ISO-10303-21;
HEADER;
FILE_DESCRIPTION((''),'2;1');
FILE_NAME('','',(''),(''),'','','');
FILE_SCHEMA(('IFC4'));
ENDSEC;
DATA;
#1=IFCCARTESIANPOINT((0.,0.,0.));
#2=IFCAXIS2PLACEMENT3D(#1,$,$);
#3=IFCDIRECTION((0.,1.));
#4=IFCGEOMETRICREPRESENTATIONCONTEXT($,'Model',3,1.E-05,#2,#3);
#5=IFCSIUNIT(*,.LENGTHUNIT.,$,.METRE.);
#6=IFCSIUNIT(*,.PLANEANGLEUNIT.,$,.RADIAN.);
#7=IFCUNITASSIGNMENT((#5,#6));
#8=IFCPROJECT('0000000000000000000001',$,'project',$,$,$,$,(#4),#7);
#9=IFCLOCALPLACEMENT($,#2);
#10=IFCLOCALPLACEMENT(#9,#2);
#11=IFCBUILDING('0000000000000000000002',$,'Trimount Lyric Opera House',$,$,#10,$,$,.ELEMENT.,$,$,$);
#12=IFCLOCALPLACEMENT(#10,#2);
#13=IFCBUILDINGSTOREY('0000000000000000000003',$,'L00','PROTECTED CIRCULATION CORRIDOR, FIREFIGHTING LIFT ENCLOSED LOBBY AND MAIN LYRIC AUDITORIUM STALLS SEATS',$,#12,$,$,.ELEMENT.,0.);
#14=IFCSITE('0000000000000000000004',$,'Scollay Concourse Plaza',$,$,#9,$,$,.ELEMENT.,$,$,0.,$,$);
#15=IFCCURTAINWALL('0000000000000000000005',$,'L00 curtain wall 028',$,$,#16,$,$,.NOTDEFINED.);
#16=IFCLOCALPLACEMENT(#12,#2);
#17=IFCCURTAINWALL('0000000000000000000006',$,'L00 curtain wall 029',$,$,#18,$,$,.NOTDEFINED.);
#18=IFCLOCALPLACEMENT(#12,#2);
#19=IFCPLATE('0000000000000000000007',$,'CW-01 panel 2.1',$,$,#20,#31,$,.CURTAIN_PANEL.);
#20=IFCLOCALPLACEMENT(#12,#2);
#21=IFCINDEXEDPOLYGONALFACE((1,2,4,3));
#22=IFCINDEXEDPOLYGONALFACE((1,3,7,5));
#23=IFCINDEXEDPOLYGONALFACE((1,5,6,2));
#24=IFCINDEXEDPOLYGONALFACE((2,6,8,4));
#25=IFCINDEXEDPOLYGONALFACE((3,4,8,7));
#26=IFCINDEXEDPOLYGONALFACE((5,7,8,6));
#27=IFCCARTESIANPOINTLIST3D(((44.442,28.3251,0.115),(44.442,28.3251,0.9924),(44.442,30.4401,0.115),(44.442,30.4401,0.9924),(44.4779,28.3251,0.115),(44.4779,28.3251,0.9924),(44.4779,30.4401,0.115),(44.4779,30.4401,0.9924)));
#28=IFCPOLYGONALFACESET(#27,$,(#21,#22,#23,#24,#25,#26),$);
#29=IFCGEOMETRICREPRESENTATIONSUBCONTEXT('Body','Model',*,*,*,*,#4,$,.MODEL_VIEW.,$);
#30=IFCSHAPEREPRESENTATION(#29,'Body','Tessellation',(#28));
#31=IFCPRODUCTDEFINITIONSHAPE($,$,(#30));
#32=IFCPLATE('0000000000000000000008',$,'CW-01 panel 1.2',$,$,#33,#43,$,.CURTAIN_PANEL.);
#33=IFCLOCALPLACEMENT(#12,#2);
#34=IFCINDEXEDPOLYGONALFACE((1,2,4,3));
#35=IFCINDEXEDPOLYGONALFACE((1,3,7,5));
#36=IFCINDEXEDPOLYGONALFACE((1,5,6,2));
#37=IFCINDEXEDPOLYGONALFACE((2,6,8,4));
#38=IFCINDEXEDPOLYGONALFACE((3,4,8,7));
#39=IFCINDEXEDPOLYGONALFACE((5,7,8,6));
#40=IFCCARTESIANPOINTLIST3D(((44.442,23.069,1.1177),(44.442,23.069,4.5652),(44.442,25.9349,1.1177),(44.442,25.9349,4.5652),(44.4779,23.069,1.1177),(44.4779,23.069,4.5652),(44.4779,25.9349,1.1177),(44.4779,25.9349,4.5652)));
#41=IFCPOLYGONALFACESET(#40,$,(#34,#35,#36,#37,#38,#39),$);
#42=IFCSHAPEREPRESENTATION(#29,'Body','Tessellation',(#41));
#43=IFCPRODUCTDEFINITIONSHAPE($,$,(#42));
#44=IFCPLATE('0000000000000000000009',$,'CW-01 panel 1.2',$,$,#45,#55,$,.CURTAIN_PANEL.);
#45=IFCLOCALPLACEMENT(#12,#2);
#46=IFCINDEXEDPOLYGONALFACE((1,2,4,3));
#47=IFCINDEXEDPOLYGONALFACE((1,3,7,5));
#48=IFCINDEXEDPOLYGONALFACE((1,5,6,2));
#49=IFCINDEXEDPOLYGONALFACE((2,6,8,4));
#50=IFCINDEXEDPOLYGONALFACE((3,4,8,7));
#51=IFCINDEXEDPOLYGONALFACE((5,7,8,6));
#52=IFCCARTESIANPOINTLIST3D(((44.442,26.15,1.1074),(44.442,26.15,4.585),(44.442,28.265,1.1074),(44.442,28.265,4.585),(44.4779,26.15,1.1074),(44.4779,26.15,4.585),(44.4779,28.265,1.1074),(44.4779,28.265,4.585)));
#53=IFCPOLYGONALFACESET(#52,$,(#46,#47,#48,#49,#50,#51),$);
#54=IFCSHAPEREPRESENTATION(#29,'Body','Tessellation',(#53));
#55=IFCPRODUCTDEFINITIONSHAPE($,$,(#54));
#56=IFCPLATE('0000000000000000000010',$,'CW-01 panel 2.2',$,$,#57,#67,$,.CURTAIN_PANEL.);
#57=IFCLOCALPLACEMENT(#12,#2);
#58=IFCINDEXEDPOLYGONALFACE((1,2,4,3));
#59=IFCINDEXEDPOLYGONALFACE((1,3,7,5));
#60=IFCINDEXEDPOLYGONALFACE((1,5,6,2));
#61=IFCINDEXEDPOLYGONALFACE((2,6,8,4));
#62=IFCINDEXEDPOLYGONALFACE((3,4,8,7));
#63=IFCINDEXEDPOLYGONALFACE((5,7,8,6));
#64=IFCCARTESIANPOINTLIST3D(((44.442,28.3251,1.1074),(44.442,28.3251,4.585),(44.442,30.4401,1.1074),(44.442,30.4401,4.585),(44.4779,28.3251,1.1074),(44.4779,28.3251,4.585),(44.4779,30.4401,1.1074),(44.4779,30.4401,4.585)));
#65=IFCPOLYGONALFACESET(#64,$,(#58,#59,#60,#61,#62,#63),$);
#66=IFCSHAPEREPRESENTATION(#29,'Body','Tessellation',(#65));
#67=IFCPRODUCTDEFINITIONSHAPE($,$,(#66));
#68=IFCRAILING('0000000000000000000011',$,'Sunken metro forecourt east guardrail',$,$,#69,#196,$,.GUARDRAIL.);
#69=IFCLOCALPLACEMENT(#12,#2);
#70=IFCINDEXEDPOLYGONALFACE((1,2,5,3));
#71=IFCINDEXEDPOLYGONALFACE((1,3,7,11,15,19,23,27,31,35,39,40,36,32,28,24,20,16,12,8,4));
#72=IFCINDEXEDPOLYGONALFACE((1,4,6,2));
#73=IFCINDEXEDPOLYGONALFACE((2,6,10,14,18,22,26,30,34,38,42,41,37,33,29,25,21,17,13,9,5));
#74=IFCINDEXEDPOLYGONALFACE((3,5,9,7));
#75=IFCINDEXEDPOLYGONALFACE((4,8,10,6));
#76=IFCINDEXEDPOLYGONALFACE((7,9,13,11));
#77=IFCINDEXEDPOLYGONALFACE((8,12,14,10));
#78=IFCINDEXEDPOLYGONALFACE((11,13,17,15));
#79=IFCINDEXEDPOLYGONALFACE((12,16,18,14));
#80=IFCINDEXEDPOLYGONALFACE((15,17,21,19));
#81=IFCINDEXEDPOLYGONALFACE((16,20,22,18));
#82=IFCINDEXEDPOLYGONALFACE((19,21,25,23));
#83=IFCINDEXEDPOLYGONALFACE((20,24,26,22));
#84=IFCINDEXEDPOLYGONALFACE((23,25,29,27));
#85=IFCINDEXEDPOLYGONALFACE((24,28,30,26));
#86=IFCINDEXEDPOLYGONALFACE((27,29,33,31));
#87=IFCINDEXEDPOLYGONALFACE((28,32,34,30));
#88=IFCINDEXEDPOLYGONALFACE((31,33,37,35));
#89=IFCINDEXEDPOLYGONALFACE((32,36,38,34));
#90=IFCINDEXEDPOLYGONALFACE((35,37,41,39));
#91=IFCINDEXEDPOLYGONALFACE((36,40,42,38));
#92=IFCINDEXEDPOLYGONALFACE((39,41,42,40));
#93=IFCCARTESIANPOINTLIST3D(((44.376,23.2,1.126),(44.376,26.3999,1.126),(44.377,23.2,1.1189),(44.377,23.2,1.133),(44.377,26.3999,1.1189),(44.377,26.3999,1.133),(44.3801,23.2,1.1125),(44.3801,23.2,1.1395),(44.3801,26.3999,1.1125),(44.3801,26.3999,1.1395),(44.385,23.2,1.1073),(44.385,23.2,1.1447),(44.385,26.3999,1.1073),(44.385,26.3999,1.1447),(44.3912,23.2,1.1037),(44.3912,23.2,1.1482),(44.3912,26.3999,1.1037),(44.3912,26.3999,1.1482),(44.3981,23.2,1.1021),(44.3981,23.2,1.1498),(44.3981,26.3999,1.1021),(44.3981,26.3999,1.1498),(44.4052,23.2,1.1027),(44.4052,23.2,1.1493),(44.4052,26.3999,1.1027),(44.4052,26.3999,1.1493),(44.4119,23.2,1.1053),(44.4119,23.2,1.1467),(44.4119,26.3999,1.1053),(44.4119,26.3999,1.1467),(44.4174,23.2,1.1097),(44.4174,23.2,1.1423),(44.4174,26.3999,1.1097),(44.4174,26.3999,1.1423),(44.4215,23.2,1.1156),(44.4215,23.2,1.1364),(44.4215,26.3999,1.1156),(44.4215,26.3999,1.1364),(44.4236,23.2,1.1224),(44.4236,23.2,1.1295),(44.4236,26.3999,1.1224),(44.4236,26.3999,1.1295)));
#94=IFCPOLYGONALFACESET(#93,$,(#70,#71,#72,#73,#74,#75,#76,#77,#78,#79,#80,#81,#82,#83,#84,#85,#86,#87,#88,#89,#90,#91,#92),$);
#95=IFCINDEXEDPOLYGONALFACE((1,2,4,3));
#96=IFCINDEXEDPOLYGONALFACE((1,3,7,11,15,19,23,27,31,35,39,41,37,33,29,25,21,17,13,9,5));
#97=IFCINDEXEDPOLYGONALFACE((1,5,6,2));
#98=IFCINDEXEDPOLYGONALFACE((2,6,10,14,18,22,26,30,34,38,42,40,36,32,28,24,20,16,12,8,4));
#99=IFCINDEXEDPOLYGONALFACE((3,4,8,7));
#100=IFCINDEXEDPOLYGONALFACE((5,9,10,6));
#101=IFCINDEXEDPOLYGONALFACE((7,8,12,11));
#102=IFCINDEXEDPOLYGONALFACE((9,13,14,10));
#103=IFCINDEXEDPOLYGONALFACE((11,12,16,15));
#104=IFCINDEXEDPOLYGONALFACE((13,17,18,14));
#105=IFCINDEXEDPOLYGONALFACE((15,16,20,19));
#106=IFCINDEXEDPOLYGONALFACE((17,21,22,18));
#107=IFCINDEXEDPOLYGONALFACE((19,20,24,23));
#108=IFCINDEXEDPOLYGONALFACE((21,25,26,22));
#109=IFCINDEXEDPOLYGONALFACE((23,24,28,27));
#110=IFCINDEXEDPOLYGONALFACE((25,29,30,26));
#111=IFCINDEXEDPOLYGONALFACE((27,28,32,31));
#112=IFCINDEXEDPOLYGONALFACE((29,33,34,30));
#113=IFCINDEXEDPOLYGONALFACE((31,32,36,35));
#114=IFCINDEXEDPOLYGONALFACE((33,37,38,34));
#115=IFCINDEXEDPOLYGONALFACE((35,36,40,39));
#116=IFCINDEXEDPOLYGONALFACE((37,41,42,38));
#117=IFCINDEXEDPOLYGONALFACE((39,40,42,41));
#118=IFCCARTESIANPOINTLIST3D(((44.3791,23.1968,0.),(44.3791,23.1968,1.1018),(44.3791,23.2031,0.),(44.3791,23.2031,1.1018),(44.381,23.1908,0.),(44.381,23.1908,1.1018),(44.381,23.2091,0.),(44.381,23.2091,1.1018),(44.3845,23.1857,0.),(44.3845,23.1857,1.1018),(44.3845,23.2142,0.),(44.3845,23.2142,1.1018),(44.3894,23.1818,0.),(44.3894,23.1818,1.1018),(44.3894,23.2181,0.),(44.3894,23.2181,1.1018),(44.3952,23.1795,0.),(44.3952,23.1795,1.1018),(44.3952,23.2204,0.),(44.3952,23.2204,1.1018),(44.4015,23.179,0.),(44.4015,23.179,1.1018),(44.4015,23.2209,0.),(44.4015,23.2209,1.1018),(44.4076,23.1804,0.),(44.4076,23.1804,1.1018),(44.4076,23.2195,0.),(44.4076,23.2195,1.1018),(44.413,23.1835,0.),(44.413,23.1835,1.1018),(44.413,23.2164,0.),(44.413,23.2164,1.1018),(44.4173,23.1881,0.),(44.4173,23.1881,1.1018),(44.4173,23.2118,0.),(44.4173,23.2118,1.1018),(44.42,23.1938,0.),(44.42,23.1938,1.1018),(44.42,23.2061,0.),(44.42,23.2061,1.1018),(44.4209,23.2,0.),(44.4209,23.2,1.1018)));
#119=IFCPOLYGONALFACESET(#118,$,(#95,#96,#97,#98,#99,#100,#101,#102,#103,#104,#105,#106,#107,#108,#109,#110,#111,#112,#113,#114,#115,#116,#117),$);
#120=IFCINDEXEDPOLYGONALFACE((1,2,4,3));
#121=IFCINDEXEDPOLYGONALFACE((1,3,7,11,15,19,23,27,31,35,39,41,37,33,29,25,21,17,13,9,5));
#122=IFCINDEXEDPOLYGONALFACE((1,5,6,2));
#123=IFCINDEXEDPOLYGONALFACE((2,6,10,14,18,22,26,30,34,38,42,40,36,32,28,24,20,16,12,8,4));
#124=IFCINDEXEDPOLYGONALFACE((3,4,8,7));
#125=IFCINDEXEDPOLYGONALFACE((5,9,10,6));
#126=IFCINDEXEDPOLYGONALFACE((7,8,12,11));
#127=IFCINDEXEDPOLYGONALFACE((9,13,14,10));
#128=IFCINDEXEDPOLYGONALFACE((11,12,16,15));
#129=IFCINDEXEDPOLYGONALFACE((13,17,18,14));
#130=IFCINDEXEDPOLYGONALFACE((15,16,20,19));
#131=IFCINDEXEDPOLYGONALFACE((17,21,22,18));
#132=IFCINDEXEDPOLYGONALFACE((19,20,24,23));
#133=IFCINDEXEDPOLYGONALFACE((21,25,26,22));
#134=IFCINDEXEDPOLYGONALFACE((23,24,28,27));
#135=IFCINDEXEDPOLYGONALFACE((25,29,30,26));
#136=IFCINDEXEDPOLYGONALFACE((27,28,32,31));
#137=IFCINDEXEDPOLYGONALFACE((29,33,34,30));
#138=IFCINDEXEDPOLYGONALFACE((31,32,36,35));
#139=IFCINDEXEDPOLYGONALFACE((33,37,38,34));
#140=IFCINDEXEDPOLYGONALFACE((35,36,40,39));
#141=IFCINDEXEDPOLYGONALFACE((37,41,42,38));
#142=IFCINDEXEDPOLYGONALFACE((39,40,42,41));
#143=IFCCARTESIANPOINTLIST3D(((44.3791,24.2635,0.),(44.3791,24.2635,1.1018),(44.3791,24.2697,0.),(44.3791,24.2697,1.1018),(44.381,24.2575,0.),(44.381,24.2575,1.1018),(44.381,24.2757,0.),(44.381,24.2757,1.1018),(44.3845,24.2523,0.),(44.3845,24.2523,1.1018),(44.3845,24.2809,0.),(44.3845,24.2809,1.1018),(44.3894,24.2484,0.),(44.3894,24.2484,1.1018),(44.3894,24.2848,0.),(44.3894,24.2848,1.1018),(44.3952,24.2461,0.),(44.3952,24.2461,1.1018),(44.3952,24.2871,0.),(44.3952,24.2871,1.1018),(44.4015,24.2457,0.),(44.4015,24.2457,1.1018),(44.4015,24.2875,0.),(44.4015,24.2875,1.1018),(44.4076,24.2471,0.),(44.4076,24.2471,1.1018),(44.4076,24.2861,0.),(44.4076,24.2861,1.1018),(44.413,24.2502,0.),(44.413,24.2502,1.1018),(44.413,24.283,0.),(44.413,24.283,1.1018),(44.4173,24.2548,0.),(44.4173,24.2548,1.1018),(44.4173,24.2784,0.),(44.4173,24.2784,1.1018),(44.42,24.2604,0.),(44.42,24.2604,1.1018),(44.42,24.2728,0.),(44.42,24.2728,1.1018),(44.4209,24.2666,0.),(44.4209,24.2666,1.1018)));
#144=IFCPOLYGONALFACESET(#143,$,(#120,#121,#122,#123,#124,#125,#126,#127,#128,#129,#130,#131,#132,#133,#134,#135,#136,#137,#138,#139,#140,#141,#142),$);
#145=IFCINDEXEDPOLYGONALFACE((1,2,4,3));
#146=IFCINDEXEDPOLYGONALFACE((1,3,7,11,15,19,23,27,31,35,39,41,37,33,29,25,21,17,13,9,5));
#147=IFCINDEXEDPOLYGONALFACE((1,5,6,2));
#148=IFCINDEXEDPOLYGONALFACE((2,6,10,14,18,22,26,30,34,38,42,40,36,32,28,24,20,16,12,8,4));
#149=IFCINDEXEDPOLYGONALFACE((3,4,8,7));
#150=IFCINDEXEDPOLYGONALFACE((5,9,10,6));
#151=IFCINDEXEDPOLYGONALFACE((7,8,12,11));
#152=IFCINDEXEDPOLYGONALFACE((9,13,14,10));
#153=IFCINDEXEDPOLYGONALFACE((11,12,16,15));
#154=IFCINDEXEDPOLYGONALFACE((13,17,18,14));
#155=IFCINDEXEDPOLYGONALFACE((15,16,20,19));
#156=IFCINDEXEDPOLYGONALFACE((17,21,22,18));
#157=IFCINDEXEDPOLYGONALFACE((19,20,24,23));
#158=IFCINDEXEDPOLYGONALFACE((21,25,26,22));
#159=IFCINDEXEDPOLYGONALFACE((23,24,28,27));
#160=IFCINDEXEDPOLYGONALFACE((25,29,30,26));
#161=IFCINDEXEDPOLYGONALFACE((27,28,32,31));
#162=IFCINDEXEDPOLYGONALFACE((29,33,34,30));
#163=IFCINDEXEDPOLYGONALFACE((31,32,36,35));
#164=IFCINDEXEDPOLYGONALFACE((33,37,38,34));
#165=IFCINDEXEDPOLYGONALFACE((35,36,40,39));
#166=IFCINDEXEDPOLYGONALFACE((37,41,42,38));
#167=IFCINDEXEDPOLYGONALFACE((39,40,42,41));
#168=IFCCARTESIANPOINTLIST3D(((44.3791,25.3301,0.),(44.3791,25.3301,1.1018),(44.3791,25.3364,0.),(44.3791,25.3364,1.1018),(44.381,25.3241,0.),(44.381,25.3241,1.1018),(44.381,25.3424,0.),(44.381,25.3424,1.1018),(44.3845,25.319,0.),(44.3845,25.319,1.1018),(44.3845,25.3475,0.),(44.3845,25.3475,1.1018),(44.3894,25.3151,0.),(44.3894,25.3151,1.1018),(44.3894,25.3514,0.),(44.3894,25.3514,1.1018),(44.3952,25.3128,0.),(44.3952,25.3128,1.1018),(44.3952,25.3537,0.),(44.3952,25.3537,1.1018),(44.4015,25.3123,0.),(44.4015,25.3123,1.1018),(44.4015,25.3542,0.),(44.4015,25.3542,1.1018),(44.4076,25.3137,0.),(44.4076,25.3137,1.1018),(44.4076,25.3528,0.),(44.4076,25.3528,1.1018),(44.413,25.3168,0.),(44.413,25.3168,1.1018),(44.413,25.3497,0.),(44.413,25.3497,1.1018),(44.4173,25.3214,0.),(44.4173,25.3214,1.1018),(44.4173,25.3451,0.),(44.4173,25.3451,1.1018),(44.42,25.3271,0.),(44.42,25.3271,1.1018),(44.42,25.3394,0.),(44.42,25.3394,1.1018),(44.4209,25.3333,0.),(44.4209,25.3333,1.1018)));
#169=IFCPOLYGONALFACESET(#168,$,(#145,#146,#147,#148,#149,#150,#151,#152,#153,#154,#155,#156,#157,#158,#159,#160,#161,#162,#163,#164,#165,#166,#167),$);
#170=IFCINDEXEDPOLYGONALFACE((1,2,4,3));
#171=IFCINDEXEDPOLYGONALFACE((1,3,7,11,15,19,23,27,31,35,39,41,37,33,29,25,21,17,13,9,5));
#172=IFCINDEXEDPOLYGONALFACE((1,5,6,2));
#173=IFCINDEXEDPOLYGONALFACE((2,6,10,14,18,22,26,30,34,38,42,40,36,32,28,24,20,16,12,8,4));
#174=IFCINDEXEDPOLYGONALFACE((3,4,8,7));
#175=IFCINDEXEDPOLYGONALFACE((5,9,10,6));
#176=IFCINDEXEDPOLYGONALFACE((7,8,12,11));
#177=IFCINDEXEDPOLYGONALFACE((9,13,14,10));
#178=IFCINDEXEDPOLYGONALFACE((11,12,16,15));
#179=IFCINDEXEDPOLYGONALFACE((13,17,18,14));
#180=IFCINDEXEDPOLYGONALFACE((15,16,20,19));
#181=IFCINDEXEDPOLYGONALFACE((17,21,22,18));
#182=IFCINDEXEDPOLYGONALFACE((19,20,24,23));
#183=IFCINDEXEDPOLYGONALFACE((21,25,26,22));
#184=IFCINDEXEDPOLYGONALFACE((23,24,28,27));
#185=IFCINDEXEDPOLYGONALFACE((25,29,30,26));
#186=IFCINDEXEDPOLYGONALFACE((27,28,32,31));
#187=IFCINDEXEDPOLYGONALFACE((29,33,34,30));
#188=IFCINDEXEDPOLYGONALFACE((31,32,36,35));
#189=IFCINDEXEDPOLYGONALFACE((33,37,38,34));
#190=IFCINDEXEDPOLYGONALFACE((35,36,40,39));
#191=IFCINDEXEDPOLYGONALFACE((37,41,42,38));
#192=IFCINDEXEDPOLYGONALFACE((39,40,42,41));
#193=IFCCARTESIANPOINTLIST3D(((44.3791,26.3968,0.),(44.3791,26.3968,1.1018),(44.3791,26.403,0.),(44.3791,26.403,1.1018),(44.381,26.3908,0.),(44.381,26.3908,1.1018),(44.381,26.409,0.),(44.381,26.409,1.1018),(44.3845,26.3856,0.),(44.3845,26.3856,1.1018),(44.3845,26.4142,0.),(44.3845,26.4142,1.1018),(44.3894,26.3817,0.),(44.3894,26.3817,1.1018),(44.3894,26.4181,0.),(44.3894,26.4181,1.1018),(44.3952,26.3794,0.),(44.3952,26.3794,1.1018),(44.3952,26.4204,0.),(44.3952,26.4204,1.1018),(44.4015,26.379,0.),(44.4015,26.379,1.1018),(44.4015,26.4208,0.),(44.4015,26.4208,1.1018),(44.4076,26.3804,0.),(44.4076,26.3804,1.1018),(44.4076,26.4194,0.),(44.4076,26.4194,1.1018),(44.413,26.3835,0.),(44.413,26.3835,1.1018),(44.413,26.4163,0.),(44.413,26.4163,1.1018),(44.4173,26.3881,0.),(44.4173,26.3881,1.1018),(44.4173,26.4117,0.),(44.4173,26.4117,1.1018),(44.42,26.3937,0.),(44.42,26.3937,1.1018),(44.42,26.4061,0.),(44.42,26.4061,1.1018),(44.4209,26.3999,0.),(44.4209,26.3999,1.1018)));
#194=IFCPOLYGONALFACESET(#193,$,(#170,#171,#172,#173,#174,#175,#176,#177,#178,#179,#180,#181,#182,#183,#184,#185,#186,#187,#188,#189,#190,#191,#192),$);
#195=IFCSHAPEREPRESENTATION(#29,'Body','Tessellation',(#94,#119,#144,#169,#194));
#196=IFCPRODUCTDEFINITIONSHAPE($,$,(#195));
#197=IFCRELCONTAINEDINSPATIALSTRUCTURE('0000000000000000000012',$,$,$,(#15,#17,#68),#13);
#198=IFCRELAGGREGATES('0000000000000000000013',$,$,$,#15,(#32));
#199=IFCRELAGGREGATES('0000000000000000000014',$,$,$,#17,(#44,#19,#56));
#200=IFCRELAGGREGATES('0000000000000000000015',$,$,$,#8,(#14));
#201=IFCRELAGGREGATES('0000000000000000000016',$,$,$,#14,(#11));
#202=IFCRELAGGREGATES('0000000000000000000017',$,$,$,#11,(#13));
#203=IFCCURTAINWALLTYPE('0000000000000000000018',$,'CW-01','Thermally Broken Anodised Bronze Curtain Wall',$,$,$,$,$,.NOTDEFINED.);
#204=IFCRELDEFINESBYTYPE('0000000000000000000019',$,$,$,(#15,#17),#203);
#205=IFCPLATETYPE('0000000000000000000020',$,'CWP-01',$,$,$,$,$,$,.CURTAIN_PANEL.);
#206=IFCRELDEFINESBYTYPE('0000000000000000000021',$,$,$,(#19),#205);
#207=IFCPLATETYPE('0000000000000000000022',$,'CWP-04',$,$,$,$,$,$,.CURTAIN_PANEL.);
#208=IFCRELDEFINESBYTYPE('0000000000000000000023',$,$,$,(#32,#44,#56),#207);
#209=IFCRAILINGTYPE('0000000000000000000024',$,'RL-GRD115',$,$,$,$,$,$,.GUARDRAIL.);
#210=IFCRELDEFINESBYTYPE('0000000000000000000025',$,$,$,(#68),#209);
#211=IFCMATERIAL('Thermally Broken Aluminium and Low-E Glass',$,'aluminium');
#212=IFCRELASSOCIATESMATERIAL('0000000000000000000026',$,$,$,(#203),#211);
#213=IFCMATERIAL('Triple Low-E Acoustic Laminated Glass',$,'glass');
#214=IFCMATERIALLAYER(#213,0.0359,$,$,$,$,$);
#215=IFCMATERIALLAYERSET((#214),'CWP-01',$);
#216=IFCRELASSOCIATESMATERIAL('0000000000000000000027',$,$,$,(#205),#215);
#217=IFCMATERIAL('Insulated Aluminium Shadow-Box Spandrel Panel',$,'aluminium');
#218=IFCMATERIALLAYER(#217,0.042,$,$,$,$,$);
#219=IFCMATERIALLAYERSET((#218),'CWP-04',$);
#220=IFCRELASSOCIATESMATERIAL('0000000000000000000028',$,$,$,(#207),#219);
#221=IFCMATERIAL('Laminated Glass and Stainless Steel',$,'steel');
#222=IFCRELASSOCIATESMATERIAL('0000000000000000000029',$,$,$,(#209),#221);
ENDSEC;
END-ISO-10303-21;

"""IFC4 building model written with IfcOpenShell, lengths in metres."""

from ifc_helpers import new_model, si_unit, direction, frame, origin, origin_2d, place, context, subcontext, project, spatial, rectangle, circle, extrude, material, layer, layer_set, type_object, element, aggregate, save


model = new_model("IFC4")

# Units and contexts
model_context = context("Model", 3, precision=1e-05, world=origin(), true_north=direction((0.0, 1.0)))
body_context = subcontext(model_context, "Body", "Model", "MODEL_VIEW")
ifc_project = project(units=[si_unit("LENGTHUNIT", "METRE"), si_unit("PLANEANGLEUNIT", "RADIAN")], contexts=[model_context])

# Site, building, storey
site_placement = place(None, origin())
site = spatial("IfcSite", under=ifc_project, at=site_placement, Name="Scollay Concourse Plaza", CompositionType="ELEMENT", RefElevation=0.0)
building_placement = place(site_placement, origin())
building = spatial("IfcBuilding", under=site, at=building_placement, Name="Trimount Lyric Opera House", CompositionType="ELEMENT")
storey_placement = place(building_placement, origin())
storey = spatial("IfcBuildingStorey", under=building, at=storey_placement, Name="L00", Description="PROTECTED CIRCULATION CORRIDOR, FIREFIGHTING LIFT ENCLOSED LOBBY AND MAIN LYRIC AUDITORIUM STALLS SEATS", CompositionType="ELEMENT", Elevation=0.0)

# Curtain wall
ifc_material_1 = material(Name="Thermally Broken Aluminium and Low-E Glass", Category="aluminium")
curtain_wall_type = type_object("IfcCurtainWallType", Name="CW-01", Description="Thermally Broken Anodised Bronze Curtain Wall", PredefinedType="NOTDEFINED", material=ifc_material_1)
curtain_wall_1_placement = place(storey_placement, origin())
curtain_wall_1 = element("IfcCurtainWall", 1, at=curtain_wall_1_placement, inside=storey, type_object=curtain_wall_type, Name="L00 curtain wall 028", PredefinedType="NOTDEFINED")

# Curtain wall
curtain_wall_2_placement = place(storey_placement, origin())
curtain_wall_2 = element("IfcCurtainWall", 2, at=curtain_wall_2_placement, inside=storey, type_object=curtain_wall_type, Name="L00 curtain wall 029", PredefinedType="NOTDEFINED")

# Plates
ifc_material_2 = material(Name="Triple Low-E Acoustic Laminated Glass", Category="glass")
ifc_layer_1 = layer(ifc_material_2, 0.0359)
ifc_layer_set_1 = layer_set([ifc_layer_1], Name="CWP-01")
plate_type_1 = type_object("IfcPlateType", Name="CWP-01", PredefinedType="CURTAIN_PANEL", material=ifc_layer_set_1)
plate_1_placement = place(storey_placement, frame((44.46, 29.3826, 0.115), z_axis=(0.0, 0.0, 1.0), x_axis=(0.0, 1.0, 0.0)))
plate_1 = element("IfcPlate", 3, at=plate_1_placement, type_object=plate_type_1, Name="CW-01 panel 2.1", PredefinedType="CURTAIN_PANEL", context=body_context, shape_type="SweptSolid", body=[
    extrude(rectangle(XDim=2.115, YDim=0.0359, at=origin_2d()), origin(), (0.0, 0.0, 1.0), 0.8774),
])
ifc_material_3 = material(Name="Insulated Aluminium Shadow-Box Spandrel Panel", Category="aluminium")
ifc_layer_2 = layer(ifc_material_3, 0.042)
ifc_layer_set_2 = layer_set([ifc_layer_2], Name="CWP-04")
plate_type_2 = type_object("IfcPlateType", Name="CWP-04", PredefinedType="CURTAIN_PANEL", material=ifc_layer_set_2)
plate_2_placement = place(storey_placement, frame((44.46, 24.502, 1.1177), z_axis=(0.0, 0.0, 1.0), x_axis=(0.0, 1.0, 0.0)))
plate_2 = element("IfcPlate", 4, at=plate_2_placement, type_object=plate_type_2, Name="CW-01 panel 1.2", PredefinedType="CURTAIN_PANEL", context=body_context, shape_type="SweptSolid", body=[
    extrude(rectangle(XDim=2.866, YDim=0.0359, at=origin_2d()), origin(), (0.0, 0.0, 1.0), 3.4475),
])
aggregate(curtain_wall_1, [plate_2])
plate_3_placement = place(storey_placement, frame((44.46, 27.2075, 1.1074), z_axis=(0.0, 0.0, 1.0), x_axis=(0.0, 1.0, 0.0)))
plate_3 = element("IfcPlate", 5, at=plate_3_placement, type_object=plate_type_2, Name="CW-01 panel 1.2", PredefinedType="CURTAIN_PANEL", context=body_context, shape_type="SweptSolid", body=[
    extrude(rectangle(XDim=2.115, YDim=0.0359, at=origin_2d()), origin(), (0.0, 0.0, 1.0), 3.4775),
])
plate_4_placement = place(storey_placement, frame((44.46, 29.3826, 1.1074), z_axis=(0.0, 0.0, 1.0), x_axis=(0.0, 1.0, 0.0)))
plate_4 = element("IfcPlate", 6, at=plate_4_placement, type_object=plate_type_2, Name="CW-01 panel 2.2", PredefinedType="CURTAIN_PANEL", context=body_context, shape_type="SweptSolid", body=[
    extrude(rectangle(XDim=2.115, YDim=0.0359, at=origin_2d()), origin(), (0.0, 0.0, 1.0), 3.4775),
])
aggregate(curtain_wall_2, [plate_3, plate_1, plate_4])

# Railing
ifc_material_4 = material(Name="Laminated Glass and Stainless Steel", Category="steel")
railing_type = type_object("IfcRailingType", Name="RL-GRD115", PredefinedType="GUARDRAIL", material=ifc_material_4)
railing_placement = place(storey_placement, frame((44.3999, 23.2, 0.0)))
element("IfcRailing", 7, at=railing_placement, inside=storey, type_object=railing_type, Name="Sunken metro forecourt east guardrail", PredefinedType="GUARDRAIL", context=body_context, shape_type="SweptSolid", body=[
    extrude(circle(Radius=0.0239, at=origin_2d()), frame((0.0, 0.0, 1.126), z_axis=(0.0, 1.0, 0.0), x_axis=(-1.0, 0.0, 0.0)), (0.0, 0.0, 1.0), 3.2),
    extrude(circle(Radius=0.021, at=origin_2d()), origin(), (0.0, 0.0, 1.0), 1.1018),
    extrude(circle(Radius=0.021, at=origin_2d()), frame((0.0, 1.0667, 0.0)), (0.0, 0.0, 1.0), 1.1018),
    extrude(circle(Radius=0.021, at=origin_2d()), frame((0.0, 2.1333, 0.0)), (0.0, 0.0, 1.0), 1.1018),
    extrude(circle(Radius=0.021, at=origin_2d()), frame((0.0, 3.2, 0.0)), (0.0, 0.0, 1.0), 1.1018),
])

save(model, "model.ifc")
